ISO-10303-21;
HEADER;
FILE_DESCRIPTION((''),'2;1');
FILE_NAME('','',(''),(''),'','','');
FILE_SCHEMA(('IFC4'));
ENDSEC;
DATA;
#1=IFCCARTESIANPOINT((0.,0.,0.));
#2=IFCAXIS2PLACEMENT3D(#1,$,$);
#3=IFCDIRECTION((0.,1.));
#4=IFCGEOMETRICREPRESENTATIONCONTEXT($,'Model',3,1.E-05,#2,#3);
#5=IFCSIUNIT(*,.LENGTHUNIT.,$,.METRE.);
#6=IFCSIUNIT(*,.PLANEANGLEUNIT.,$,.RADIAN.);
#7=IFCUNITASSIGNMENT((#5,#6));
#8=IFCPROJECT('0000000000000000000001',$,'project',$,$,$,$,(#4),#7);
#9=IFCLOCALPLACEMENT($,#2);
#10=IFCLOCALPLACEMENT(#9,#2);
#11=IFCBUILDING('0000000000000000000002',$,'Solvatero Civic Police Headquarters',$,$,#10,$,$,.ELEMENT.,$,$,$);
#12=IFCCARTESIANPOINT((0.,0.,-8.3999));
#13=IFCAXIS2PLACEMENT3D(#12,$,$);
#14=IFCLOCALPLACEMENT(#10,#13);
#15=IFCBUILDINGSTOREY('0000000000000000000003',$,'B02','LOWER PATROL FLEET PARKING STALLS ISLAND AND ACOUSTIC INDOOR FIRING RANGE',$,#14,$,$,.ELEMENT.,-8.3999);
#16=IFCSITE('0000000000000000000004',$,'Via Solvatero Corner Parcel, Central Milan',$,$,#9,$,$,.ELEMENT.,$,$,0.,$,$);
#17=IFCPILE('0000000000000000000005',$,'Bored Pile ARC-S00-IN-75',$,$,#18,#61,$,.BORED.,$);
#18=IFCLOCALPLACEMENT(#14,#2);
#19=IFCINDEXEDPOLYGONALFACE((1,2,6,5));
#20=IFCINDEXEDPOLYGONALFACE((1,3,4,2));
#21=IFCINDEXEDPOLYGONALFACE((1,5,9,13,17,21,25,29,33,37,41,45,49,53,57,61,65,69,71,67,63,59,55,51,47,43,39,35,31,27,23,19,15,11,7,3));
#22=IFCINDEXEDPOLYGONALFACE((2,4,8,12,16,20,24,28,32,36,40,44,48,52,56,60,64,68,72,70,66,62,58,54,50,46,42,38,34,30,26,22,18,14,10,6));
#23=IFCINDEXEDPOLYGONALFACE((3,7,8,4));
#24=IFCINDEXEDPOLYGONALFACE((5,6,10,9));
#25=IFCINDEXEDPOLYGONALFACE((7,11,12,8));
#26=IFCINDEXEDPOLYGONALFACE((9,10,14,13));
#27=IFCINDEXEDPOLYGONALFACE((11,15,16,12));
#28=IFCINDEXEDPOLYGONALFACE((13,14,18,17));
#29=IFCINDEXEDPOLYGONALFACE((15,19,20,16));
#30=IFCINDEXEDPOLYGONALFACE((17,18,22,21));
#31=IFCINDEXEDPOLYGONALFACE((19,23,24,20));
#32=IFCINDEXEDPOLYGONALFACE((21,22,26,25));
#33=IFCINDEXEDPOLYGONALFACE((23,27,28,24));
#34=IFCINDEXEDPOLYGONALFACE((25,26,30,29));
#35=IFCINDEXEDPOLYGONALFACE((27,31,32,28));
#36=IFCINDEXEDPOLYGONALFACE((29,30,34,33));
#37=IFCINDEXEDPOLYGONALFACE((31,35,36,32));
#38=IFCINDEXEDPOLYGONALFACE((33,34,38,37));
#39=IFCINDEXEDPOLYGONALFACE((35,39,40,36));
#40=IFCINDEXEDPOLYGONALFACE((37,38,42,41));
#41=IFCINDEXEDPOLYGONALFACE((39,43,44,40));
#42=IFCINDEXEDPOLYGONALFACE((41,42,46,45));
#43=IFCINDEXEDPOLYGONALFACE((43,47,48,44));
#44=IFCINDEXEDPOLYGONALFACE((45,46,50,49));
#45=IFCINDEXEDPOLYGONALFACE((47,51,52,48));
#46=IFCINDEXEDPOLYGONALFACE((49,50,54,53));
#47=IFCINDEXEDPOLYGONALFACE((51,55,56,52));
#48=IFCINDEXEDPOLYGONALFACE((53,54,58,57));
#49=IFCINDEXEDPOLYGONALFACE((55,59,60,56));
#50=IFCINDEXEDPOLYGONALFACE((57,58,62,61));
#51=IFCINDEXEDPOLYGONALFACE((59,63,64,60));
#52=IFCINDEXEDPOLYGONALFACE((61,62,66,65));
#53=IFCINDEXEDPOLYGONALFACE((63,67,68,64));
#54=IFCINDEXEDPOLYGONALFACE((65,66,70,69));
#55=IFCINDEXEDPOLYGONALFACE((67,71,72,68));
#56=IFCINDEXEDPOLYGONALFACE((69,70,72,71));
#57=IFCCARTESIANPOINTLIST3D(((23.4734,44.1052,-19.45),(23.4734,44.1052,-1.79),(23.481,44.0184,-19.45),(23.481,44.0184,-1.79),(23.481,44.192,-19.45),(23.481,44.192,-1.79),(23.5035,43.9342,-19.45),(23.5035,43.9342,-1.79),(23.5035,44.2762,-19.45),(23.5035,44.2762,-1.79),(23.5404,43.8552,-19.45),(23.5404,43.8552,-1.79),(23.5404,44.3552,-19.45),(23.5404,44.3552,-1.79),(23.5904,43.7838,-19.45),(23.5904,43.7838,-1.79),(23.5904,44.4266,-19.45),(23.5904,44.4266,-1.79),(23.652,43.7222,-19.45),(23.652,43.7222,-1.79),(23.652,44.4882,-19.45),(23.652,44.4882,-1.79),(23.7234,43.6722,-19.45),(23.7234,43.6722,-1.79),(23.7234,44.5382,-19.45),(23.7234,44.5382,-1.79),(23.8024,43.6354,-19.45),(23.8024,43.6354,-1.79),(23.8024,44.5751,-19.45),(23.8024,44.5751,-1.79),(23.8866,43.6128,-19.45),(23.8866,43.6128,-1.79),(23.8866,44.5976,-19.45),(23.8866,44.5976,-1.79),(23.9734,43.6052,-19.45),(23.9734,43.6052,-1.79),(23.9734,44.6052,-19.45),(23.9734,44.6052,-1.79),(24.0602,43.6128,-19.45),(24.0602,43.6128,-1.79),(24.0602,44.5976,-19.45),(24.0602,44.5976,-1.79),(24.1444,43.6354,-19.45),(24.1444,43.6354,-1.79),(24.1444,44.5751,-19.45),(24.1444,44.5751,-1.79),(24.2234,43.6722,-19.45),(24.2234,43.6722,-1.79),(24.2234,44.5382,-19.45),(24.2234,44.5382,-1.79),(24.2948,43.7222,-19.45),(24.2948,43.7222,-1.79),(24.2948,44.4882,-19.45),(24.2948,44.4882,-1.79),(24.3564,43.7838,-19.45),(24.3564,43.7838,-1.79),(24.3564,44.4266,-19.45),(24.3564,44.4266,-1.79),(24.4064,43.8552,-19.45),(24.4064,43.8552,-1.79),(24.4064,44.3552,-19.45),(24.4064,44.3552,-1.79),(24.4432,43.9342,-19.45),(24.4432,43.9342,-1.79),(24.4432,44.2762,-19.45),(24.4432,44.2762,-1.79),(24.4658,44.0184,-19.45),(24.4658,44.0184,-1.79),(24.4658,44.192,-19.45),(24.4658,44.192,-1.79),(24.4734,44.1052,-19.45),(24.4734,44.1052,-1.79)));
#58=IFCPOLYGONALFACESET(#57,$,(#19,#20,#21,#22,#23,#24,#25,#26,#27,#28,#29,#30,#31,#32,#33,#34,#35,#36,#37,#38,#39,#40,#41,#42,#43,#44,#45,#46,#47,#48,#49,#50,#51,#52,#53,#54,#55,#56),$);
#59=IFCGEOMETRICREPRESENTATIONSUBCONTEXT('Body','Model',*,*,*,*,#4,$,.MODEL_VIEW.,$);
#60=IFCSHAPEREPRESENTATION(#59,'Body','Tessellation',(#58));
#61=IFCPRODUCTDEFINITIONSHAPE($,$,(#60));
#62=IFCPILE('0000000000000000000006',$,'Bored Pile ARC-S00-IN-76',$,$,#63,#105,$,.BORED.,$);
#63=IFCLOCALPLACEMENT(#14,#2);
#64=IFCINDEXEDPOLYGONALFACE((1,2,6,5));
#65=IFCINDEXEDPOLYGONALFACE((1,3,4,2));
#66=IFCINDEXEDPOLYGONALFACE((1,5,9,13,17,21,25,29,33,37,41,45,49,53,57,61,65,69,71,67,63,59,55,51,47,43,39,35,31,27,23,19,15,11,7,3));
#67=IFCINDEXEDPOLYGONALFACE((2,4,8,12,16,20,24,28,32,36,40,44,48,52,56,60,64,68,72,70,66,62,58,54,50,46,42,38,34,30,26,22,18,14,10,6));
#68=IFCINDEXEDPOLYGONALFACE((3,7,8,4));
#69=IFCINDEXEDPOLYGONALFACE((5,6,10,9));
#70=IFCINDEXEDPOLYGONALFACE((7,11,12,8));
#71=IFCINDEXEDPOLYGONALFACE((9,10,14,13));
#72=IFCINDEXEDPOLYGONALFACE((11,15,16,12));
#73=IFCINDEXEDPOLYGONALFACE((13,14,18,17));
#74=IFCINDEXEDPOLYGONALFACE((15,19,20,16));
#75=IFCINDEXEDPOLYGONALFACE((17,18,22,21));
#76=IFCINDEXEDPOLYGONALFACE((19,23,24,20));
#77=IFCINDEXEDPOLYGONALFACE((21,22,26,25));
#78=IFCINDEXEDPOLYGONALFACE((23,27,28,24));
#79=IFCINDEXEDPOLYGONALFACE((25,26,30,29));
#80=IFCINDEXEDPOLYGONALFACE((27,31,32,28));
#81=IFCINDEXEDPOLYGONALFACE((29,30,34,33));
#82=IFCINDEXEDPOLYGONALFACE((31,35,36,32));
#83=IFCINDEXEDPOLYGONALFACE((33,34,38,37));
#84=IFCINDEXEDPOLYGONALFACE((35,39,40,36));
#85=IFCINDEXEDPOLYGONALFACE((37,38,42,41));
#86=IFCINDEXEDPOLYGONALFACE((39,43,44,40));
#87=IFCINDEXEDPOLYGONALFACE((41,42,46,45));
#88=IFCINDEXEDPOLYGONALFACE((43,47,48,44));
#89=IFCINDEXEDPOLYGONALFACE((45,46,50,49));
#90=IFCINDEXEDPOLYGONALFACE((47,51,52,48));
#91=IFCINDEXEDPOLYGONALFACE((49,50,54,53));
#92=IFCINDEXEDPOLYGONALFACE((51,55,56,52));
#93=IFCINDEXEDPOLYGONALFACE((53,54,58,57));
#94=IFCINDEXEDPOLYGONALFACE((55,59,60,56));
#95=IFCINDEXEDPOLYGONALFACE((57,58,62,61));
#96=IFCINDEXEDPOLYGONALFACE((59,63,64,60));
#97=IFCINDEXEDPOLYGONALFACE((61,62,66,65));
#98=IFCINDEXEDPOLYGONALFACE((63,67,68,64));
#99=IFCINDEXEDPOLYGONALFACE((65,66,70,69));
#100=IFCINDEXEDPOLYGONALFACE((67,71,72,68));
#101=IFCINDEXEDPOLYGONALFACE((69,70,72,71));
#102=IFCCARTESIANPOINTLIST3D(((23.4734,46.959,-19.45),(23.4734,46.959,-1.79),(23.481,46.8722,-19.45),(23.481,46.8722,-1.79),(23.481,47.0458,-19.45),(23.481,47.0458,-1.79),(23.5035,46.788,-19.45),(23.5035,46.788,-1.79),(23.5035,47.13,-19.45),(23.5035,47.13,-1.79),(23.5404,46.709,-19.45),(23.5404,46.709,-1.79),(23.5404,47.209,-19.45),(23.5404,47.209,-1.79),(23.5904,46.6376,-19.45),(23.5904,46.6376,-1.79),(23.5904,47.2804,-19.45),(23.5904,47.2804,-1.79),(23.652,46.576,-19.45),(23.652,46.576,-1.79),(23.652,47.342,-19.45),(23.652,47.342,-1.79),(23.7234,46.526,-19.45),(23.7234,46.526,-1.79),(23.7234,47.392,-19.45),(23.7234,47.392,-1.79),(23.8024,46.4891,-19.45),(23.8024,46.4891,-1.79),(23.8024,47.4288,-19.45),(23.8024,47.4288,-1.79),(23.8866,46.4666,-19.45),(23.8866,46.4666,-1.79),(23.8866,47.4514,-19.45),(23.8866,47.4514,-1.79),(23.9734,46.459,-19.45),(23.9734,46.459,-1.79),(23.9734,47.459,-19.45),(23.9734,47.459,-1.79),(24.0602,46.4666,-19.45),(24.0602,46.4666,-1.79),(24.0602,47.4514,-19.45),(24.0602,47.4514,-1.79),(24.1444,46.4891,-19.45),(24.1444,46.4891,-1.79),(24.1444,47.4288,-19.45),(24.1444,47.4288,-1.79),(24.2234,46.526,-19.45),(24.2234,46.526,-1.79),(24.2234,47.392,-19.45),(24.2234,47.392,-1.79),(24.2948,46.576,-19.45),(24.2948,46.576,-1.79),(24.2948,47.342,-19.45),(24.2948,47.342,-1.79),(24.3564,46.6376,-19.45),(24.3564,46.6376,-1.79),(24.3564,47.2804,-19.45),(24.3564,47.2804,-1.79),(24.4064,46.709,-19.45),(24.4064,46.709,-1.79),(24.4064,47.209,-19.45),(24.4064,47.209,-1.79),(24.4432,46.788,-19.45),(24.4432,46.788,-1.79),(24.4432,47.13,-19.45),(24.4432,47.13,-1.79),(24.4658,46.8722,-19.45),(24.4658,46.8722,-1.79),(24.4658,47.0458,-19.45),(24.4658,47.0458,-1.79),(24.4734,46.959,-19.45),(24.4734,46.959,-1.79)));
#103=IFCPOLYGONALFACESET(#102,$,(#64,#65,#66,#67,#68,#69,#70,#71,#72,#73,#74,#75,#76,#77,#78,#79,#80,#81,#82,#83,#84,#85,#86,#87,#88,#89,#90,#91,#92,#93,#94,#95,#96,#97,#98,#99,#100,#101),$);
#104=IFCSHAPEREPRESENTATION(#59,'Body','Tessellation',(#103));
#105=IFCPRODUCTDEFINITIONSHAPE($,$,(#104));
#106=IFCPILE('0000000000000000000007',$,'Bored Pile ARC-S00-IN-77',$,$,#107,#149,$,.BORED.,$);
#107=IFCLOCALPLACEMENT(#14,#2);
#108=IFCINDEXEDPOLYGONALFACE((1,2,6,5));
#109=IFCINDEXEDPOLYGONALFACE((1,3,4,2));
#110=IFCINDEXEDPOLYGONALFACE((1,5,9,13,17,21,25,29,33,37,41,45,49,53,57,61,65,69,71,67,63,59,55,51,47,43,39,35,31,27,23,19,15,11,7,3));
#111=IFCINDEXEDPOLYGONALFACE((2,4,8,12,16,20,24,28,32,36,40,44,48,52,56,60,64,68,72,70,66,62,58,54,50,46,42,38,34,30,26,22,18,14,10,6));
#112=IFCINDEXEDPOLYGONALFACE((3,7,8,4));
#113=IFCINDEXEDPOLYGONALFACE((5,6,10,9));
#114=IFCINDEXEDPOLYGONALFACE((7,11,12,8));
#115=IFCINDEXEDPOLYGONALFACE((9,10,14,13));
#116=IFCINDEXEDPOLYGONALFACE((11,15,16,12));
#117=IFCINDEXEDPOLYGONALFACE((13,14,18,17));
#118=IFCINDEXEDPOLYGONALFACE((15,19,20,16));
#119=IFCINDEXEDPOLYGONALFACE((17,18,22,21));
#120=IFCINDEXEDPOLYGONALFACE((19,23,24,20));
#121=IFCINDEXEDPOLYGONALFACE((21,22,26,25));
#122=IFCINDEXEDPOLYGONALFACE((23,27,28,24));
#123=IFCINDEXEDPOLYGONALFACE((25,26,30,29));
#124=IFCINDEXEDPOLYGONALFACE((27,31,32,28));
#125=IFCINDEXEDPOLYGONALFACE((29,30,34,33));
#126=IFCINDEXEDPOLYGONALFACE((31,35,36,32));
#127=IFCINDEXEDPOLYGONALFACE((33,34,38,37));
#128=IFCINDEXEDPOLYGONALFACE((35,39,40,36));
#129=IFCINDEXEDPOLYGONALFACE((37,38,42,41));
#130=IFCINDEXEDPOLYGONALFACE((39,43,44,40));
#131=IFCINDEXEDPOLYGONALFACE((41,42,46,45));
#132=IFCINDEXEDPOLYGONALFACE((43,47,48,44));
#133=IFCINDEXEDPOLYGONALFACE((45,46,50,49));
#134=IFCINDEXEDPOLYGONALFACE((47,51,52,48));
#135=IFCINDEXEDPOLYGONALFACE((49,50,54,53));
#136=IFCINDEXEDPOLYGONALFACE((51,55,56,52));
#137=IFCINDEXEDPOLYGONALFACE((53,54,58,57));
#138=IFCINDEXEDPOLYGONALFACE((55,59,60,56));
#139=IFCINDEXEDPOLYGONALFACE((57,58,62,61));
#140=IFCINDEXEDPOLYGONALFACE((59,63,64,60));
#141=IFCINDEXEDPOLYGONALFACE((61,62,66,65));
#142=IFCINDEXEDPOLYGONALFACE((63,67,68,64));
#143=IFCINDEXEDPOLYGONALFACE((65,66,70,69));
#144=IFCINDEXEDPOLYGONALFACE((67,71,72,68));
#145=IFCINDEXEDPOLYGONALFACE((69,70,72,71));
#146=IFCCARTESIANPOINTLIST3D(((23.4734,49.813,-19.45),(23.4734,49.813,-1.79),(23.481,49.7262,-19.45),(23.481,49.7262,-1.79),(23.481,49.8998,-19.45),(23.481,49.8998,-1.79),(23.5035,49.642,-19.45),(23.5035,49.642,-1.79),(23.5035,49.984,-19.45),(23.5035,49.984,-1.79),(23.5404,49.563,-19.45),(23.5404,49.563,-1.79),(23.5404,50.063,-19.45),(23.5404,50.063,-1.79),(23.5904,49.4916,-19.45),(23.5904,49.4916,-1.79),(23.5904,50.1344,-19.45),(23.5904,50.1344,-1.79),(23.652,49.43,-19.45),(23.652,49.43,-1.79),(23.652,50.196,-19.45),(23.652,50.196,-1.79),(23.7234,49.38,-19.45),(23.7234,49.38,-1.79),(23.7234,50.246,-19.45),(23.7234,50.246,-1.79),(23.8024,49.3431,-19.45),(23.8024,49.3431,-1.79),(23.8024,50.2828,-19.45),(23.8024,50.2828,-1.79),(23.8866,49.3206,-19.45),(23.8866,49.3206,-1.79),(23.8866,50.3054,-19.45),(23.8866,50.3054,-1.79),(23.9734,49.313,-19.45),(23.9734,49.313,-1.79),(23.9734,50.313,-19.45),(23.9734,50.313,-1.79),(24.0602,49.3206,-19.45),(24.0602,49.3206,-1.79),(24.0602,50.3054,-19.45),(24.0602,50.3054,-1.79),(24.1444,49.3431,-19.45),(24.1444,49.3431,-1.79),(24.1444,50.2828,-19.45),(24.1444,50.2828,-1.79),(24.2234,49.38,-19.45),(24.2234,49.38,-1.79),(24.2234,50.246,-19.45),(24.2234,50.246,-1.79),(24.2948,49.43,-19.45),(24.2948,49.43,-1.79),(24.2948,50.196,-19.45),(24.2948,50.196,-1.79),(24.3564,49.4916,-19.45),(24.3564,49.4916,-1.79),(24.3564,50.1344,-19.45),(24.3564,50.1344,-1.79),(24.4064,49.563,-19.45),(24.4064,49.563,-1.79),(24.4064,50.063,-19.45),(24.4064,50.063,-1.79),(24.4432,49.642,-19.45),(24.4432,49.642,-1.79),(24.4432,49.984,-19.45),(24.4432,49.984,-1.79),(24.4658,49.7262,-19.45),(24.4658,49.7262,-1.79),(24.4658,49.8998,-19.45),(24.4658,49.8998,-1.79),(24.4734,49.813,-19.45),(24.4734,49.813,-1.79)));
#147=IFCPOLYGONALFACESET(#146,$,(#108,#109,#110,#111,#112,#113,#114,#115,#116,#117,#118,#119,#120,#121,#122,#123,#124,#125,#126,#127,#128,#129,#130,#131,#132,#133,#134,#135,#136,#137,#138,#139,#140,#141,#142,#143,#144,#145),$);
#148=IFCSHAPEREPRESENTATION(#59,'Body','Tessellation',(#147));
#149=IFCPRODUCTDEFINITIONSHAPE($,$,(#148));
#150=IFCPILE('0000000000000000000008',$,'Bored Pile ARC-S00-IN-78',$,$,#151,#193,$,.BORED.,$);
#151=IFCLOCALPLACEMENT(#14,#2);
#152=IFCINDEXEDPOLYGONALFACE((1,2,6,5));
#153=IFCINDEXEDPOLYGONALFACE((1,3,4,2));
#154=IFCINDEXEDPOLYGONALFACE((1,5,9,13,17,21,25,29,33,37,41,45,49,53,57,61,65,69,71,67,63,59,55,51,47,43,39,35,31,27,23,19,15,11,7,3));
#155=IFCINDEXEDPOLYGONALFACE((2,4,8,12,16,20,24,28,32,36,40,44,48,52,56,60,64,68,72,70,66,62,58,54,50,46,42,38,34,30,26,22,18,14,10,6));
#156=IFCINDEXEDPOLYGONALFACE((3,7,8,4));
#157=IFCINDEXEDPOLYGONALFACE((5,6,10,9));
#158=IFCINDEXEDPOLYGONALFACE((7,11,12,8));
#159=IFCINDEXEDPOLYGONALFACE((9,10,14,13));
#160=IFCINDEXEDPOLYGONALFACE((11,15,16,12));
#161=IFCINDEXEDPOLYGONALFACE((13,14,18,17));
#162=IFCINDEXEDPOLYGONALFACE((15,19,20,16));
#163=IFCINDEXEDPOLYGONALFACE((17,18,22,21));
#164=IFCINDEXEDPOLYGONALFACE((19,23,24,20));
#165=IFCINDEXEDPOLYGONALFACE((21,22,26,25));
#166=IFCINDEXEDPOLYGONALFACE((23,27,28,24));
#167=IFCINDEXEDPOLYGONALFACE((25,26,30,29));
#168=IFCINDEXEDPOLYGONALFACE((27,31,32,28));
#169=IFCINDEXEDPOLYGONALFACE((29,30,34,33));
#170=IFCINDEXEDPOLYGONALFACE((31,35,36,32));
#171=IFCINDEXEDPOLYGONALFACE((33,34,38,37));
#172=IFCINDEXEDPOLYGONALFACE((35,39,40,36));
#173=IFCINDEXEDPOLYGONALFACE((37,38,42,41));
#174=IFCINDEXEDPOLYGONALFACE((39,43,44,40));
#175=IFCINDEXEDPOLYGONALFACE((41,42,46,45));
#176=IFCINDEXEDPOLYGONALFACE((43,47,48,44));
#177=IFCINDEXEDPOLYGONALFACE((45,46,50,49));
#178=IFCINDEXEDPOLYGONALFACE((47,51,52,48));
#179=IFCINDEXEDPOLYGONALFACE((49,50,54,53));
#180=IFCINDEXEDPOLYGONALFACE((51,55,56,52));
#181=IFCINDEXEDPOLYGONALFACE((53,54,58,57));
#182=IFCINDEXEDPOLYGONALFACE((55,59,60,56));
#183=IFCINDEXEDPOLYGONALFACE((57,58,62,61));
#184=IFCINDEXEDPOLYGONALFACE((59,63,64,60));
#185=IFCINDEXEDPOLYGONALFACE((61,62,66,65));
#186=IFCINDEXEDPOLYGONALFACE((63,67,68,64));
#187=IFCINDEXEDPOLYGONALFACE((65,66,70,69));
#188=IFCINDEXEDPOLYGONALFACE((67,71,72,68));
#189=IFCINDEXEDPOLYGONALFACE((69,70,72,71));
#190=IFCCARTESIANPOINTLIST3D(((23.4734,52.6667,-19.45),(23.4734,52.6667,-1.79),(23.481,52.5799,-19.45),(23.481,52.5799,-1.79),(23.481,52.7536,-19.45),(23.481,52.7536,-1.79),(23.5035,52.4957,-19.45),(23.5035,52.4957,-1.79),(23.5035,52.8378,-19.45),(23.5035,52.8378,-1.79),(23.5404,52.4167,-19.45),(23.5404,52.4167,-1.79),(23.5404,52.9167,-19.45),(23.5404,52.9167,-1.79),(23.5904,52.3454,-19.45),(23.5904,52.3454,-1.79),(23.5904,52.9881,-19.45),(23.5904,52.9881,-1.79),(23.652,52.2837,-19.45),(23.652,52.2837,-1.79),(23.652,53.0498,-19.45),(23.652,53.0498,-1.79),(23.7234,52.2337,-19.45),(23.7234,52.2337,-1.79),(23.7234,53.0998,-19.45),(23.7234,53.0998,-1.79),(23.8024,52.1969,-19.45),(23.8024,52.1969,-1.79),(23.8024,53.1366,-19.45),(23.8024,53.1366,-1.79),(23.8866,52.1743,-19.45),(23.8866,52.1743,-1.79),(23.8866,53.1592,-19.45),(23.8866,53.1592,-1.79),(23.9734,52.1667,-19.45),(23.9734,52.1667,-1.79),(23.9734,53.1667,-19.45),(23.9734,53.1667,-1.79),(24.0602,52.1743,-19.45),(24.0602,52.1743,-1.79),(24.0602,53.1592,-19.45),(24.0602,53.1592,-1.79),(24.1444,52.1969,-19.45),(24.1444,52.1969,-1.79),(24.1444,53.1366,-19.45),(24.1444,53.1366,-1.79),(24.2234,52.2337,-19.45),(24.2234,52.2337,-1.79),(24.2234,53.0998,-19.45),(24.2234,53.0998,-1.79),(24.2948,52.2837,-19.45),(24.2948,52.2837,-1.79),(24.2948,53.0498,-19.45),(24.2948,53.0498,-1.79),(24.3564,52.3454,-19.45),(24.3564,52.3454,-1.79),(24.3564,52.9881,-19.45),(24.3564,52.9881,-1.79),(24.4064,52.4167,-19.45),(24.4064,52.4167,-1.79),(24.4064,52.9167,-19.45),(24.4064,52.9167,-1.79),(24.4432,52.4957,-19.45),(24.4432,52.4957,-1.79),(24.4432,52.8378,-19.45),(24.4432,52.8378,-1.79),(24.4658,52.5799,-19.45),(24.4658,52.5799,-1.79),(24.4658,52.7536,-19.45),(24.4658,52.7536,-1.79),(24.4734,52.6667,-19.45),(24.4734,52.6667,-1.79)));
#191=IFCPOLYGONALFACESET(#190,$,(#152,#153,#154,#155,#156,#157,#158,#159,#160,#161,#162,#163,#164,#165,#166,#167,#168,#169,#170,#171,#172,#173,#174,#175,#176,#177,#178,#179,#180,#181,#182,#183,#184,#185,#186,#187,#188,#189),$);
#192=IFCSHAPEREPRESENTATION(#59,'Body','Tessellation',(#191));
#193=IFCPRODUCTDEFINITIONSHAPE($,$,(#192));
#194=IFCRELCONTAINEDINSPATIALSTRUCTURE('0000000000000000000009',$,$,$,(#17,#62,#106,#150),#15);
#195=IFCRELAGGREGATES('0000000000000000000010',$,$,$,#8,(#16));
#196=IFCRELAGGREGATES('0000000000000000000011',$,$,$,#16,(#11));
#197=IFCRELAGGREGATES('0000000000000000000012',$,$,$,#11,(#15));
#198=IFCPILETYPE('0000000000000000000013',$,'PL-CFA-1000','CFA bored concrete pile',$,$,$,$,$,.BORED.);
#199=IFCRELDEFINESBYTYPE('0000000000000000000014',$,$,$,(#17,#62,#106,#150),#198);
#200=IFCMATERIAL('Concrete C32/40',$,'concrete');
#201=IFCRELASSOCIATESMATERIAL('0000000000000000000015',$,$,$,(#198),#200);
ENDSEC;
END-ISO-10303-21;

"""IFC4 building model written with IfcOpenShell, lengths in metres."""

from ifc_helpers import new_model, si_unit, direction, frame, origin, origin_2d, place, context, subcontext, project, spatial, circle, extrude, material, material_profile, profile_set, type_object, element, save


model = new_model("IFC4")

# Units and contexts
model_context = context("Model", 3, precision=1e-05, world=origin(), true_north=direction((0.0, 1.0)))
body_context = subcontext(model_context, "Body", "Model", "MODEL_VIEW")
ifc_project = project(units=[si_unit("LENGTHUNIT", "METRE"), si_unit("PLANEANGLEUNIT", "RADIAN")], contexts=[model_context])

# Site, building, storey
site_placement = place(None, origin())
site = spatial("IfcSite", under=ifc_project, at=site_placement, Name="Via Solvatero Corner Parcel, Central Milan", CompositionType="ELEMENT", RefElevation=0.0)
building_placement = place(site_placement, origin())
building = spatial("IfcBuilding", under=site, at=building_placement, Name="Solvatero Civic Police Headquarters", CompositionType="ELEMENT")
storey_placement = place(building_placement, frame((0.0, 0.0, -8.3999)))
storey = spatial("IfcBuildingStorey", under=building, at=storey_placement, Name="B02", Description="LOWER PATROL FLEET PARKING STALLS ISLAND AND ACOUSTIC INDOOR FIRING RANGE", CompositionType="ELEMENT", Elevation=-8.3999)

# Piles
ifc_material_1 = material(Name="Concrete C32/40", Category="concrete")
ifc_material_profile_1 = material_profile(ifc_material_1, circle(Radius=0.5, at=origin_2d()), Name="CFA PILE D1000")
ifc_profile_set_1 = profile_set([ifc_material_profile_1], Name="Concrete C32/40")
pile_type = type_object("IfcPileType", Name="PL-CFA-1000", Description="CFA bored concrete pile", PredefinedType="BORED", material=ifc_profile_set_1)
for number, where, z_axis, x_axis, name in (
    (1, (23.9734, 44.1052, -1.79), (0.0, 0.0, -1.0), (1.0, 0.0, 0.0), "Bored Pile ARC-S00-IN-75"),
    (2, (23.9734, 46.959, -1.79), (0.0, 0.0, -1.0), (1.0, 0.0, 0.0), "Bored Pile ARC-S00-IN-76"),
    (3, (23.9734, 49.813, -1.79), (0.0, 0.0, -1.0), (1.0, 0.0, 0.0), "Bored Pile ARC-S00-IN-77"),
    (4, (23.9734, 52.6667, -1.79), (0.0, 0.0, -1.0), (1.0, 0.0, 0.0), "Bored Pile ARC-S00-IN-78"),
):
    element("IfcPile", number, at=place(storey_placement, frame(where, z_axis=z_axis, x_axis=x_axis)), inside=storey, type_object=pile_type, Name=name, PredefinedType="BORED", context=body_context, shape_type="SweptSolid", body=[
        extrude(circle(Radius=0.5, at=origin_2d()), origin(), (0.0, 0.0, 1.0), 17.6599),
    ])

save(model, "model.ifc")
